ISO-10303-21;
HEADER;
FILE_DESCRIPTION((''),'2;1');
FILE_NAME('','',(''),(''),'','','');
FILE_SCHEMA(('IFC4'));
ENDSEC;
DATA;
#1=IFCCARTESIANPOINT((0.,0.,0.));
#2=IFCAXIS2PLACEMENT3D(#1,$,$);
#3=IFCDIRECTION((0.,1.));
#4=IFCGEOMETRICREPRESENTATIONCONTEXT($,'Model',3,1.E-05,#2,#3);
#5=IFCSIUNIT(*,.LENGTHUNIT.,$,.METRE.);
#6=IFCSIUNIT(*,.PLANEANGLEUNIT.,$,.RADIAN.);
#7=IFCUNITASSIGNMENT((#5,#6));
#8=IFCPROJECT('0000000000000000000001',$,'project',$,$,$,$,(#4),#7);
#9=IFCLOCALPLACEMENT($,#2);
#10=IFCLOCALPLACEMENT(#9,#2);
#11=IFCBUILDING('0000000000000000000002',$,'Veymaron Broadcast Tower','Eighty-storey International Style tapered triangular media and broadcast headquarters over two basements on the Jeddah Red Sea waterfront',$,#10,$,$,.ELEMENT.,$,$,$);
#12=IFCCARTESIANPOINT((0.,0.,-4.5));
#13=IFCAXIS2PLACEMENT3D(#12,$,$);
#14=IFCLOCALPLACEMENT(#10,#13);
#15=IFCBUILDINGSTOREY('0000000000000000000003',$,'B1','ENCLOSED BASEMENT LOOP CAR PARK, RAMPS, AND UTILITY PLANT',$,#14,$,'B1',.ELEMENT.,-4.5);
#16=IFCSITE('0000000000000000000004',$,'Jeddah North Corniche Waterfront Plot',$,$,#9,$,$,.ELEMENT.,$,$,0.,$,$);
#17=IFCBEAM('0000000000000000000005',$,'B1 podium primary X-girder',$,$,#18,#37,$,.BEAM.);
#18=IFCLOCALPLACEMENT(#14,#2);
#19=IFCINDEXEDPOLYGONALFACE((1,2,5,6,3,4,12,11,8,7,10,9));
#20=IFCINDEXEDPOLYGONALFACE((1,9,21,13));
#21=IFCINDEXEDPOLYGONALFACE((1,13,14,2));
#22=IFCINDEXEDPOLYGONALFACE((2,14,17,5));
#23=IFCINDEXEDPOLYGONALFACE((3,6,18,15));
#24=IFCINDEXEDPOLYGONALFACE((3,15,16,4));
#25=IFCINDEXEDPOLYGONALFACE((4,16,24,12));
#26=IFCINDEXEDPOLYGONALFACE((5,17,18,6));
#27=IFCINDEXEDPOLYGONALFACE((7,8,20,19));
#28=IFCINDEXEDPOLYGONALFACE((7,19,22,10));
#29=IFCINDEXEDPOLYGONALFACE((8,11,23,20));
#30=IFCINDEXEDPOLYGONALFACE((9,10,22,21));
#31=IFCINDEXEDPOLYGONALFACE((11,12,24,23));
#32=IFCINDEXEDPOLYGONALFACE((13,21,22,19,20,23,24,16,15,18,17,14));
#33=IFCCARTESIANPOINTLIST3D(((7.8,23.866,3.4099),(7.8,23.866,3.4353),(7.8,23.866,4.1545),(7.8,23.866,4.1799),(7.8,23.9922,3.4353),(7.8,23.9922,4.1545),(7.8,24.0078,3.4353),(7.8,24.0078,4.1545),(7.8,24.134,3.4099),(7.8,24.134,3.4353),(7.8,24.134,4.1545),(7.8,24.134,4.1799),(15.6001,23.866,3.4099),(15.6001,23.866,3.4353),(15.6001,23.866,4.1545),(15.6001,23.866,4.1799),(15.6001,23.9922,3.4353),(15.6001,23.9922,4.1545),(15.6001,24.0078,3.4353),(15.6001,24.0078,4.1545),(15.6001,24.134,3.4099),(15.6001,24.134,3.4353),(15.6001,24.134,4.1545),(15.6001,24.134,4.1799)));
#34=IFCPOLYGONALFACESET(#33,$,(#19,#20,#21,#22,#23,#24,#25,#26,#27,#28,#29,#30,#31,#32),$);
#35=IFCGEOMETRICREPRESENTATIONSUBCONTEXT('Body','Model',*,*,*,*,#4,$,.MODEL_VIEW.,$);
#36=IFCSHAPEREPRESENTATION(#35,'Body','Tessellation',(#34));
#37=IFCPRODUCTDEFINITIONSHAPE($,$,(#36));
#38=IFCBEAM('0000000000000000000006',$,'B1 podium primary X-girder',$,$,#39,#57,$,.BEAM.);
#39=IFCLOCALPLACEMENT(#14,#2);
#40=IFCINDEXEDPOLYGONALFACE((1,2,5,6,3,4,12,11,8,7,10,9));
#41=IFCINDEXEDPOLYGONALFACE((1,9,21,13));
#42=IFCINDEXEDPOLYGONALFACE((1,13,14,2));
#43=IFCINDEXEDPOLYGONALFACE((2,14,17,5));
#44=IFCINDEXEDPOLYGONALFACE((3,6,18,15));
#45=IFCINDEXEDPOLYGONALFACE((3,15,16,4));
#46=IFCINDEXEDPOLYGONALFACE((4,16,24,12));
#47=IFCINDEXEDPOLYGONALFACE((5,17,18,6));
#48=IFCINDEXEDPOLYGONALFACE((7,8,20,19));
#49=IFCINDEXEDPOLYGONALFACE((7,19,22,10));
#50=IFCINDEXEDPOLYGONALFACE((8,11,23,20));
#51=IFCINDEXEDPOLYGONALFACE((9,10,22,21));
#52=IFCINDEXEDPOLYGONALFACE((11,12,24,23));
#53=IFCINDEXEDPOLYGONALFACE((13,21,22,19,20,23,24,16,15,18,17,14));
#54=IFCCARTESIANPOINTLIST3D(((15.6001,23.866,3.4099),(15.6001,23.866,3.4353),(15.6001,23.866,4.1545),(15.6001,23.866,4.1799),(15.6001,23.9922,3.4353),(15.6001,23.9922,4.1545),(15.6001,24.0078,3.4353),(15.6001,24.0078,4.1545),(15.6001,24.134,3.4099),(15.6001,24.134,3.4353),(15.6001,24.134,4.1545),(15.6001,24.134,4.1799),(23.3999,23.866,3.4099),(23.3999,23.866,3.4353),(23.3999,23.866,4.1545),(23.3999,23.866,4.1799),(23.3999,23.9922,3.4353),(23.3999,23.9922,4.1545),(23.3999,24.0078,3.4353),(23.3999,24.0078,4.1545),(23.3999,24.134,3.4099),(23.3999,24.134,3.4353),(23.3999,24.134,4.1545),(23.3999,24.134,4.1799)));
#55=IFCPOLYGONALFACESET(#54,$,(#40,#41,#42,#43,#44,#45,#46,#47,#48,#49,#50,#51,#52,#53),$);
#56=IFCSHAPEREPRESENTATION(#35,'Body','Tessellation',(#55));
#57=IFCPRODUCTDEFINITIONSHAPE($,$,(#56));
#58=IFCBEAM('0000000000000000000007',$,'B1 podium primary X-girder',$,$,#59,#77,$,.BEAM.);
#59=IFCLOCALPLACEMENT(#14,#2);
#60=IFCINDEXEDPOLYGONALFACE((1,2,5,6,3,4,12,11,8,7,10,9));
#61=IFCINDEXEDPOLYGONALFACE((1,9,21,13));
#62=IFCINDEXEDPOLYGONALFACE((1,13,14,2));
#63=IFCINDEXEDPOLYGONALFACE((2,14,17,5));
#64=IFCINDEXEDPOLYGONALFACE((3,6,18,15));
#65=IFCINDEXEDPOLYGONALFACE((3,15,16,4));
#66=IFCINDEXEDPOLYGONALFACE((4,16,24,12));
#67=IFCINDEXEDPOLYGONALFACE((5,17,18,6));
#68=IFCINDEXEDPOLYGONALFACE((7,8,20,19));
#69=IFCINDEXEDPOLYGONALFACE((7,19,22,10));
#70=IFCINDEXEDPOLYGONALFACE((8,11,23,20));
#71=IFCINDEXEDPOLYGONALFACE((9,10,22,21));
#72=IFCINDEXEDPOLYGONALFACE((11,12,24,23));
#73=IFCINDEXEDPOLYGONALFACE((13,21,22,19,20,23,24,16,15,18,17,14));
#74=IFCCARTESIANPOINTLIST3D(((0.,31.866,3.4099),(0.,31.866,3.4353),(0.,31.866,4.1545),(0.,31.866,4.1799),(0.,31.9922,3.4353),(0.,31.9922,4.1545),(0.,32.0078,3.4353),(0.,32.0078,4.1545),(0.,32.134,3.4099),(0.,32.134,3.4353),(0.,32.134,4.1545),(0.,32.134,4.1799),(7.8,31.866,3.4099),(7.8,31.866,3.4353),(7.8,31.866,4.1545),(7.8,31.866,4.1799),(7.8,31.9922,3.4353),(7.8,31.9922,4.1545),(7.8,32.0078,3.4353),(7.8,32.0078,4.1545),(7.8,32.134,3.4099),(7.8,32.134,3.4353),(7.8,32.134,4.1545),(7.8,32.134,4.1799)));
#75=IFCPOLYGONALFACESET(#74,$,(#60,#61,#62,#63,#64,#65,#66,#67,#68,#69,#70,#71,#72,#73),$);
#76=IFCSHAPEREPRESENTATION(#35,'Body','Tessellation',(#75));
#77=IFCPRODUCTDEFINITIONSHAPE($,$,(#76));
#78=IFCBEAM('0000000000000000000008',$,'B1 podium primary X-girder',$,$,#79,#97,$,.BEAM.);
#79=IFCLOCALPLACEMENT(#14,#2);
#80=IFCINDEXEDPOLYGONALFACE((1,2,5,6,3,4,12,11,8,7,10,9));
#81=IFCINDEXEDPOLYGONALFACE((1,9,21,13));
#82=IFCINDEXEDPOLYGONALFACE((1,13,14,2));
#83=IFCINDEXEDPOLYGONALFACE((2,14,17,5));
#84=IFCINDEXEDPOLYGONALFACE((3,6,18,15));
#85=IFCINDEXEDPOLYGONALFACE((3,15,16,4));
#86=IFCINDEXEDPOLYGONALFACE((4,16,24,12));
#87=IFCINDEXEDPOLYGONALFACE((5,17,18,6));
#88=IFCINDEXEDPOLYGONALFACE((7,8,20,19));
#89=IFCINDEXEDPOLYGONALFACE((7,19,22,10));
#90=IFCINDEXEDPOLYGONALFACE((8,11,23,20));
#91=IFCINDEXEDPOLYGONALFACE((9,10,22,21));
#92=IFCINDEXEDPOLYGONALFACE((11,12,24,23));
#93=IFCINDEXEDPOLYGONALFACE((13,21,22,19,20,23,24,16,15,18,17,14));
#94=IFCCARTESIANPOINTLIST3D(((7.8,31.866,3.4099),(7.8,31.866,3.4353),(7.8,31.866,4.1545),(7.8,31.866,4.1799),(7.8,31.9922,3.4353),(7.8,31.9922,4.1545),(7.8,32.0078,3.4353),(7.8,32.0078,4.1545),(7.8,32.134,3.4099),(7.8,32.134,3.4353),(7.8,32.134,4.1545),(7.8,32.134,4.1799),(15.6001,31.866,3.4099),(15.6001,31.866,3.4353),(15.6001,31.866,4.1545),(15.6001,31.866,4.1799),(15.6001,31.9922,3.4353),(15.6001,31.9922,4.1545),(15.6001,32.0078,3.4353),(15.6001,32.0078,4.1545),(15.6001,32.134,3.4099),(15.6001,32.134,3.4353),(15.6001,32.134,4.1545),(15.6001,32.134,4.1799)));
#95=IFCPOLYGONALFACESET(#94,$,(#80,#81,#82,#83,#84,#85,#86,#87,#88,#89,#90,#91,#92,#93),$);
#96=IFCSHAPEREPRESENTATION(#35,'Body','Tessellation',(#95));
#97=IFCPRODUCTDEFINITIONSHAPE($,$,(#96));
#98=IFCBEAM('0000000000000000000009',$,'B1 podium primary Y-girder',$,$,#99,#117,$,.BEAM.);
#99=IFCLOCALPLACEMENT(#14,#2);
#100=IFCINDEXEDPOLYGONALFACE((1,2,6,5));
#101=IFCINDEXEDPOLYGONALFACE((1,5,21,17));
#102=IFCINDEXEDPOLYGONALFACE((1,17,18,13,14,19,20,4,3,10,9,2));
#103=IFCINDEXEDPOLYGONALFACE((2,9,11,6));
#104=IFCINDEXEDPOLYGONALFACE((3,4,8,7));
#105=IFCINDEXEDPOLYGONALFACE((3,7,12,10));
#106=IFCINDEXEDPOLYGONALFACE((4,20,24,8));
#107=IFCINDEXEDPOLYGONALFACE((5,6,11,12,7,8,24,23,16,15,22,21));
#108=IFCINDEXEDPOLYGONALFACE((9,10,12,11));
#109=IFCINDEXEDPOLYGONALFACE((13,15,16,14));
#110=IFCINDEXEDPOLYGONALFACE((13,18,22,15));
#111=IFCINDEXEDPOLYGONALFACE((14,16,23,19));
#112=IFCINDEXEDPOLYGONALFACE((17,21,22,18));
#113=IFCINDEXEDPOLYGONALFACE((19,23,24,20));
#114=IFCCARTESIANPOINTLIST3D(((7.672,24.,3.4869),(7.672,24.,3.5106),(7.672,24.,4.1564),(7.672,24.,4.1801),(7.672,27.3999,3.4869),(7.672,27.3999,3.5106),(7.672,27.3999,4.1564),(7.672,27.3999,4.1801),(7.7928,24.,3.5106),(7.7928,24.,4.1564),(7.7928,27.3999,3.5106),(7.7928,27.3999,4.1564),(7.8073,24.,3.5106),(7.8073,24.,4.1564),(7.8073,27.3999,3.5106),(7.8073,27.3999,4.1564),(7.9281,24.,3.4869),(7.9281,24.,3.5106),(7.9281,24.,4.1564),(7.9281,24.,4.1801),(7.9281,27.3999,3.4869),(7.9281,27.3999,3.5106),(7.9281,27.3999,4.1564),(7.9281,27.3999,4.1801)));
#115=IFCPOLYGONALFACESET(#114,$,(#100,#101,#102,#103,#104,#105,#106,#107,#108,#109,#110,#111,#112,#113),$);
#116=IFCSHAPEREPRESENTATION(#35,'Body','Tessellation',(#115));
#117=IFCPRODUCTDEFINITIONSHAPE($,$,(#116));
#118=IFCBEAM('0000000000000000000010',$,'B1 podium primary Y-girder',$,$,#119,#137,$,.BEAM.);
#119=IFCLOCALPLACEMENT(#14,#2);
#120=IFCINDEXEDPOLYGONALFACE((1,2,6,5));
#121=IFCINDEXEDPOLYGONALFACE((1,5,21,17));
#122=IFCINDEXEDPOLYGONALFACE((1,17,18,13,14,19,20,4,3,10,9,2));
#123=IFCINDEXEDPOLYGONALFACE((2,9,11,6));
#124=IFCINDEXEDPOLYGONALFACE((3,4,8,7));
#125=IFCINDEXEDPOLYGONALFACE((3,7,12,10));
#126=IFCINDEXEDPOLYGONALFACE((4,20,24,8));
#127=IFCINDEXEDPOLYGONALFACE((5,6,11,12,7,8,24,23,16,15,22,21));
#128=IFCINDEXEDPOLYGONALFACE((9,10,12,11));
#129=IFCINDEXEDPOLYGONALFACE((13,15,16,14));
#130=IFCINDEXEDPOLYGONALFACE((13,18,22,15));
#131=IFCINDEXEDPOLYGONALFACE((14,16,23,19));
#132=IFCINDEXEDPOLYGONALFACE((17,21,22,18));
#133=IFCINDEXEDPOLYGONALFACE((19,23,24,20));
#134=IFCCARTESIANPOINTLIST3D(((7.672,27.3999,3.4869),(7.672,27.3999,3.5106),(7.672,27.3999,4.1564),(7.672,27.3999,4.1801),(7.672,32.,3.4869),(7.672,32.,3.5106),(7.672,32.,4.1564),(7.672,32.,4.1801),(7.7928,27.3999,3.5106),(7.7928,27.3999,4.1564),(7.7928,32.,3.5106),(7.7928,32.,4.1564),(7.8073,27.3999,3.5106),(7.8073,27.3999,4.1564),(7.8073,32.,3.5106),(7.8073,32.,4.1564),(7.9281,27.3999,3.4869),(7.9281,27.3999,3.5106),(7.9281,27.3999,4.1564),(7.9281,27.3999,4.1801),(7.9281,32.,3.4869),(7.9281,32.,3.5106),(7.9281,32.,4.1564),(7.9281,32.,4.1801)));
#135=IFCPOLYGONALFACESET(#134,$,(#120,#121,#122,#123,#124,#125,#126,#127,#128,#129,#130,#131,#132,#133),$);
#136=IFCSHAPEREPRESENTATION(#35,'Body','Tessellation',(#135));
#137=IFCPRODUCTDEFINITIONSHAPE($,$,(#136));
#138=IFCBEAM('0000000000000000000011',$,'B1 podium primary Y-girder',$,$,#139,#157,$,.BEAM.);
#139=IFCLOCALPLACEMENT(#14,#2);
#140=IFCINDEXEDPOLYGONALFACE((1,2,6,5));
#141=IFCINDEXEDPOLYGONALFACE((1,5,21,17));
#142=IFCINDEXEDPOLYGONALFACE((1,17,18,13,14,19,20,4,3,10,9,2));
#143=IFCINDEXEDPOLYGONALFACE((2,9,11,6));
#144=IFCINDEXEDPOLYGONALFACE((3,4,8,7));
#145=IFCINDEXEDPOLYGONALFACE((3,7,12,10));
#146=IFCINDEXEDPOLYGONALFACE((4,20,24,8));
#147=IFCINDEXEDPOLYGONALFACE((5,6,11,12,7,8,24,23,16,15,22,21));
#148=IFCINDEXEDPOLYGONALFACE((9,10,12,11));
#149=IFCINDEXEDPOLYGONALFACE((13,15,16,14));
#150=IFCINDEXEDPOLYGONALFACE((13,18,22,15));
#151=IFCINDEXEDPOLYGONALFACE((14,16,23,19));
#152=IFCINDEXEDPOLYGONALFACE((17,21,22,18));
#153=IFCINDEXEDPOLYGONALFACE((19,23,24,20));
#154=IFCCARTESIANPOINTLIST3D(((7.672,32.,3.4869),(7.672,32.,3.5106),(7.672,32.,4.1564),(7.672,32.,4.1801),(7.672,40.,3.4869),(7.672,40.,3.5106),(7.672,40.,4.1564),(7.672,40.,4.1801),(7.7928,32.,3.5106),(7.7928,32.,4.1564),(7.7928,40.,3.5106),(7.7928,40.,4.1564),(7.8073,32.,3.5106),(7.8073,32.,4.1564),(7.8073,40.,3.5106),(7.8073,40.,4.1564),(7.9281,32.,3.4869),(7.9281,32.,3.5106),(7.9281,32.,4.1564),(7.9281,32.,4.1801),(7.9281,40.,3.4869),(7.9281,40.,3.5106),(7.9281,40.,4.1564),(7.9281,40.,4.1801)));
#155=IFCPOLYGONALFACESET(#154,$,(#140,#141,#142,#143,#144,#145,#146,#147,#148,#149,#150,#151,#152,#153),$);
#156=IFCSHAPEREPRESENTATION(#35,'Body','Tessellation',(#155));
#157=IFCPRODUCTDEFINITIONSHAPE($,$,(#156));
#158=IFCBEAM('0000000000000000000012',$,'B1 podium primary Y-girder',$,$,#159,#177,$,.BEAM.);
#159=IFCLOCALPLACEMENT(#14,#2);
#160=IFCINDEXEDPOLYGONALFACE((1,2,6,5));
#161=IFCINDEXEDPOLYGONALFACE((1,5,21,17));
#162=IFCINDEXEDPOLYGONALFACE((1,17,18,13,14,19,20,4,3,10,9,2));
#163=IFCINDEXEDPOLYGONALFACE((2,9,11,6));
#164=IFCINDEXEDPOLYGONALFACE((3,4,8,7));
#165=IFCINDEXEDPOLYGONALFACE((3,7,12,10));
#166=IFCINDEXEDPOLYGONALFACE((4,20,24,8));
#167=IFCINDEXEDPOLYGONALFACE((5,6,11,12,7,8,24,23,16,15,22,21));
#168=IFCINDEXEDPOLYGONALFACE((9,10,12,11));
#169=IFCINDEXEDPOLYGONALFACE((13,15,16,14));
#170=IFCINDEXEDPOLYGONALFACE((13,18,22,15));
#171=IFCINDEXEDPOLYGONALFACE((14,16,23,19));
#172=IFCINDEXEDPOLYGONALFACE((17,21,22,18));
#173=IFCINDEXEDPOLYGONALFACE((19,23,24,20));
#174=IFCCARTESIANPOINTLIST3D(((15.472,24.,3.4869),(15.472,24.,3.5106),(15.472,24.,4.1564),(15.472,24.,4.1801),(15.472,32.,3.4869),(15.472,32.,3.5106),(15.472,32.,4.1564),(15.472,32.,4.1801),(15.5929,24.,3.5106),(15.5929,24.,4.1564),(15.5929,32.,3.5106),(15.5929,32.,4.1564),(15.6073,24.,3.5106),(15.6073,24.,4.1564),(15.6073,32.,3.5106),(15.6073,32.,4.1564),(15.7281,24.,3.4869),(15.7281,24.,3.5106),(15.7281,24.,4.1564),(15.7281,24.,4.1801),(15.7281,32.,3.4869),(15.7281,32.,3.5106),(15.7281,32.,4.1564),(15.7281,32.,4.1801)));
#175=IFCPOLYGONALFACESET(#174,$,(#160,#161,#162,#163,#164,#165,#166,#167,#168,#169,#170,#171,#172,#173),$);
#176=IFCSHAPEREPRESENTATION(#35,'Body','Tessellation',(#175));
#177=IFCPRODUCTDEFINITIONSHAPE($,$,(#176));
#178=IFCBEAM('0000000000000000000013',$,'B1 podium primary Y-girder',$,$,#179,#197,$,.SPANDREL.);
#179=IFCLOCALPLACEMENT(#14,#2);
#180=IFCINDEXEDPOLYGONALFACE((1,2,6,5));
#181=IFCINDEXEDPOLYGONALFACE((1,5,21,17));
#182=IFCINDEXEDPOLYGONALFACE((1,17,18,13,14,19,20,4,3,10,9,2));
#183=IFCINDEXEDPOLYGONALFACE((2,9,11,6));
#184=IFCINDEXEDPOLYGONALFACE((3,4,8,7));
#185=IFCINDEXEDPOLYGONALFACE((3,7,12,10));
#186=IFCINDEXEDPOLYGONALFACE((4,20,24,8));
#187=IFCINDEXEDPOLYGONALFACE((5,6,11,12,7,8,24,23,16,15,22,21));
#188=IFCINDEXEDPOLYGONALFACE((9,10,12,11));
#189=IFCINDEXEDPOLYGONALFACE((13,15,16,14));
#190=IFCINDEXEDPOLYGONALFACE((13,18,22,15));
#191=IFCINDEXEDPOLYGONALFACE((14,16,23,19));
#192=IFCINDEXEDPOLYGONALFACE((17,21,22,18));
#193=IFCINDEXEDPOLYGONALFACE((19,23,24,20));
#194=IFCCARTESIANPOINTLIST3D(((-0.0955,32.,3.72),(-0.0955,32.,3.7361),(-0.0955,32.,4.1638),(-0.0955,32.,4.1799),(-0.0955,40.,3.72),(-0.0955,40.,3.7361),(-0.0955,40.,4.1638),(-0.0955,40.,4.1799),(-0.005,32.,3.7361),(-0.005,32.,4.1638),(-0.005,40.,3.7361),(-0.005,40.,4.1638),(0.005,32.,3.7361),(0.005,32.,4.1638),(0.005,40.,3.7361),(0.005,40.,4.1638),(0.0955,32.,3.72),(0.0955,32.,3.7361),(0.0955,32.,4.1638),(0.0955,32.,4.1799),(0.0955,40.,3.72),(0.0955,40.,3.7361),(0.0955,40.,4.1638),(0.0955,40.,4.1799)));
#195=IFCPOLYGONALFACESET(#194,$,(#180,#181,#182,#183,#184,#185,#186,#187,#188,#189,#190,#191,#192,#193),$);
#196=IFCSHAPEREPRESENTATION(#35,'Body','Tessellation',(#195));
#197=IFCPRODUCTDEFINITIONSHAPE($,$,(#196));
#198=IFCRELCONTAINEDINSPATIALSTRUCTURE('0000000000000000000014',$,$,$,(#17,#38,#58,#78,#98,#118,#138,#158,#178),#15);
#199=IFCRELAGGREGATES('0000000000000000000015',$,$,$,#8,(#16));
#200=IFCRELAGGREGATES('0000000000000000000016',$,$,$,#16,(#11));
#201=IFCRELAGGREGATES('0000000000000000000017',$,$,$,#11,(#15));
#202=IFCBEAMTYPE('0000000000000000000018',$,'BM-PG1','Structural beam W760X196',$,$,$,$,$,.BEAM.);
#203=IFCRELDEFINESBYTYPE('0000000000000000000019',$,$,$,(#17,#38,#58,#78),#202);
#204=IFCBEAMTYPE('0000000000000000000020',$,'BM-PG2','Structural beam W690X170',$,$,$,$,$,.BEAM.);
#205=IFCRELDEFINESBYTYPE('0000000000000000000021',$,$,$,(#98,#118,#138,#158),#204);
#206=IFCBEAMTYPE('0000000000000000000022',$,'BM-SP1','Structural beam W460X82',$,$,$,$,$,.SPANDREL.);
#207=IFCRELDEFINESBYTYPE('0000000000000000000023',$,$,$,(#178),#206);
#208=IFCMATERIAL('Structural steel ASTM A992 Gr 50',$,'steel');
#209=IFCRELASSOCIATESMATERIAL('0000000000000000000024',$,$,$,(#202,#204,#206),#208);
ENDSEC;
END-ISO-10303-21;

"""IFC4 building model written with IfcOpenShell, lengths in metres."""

from ifc_helpers import new_model, si_unit, direction, frame, origin, origin_2d, place, context, subcontext, project, spatial, i_section, extrude, material, material_profile, profile_set, type_object, element, save


model = new_model("IFC4")

# Units and contexts
model_context = context("Model", 3, precision=1e-05, world=origin(), true_north=direction((0.0, 1.0)))
body_context = subcontext(model_context, "Body", "Model", "MODEL_VIEW")
ifc_project = project(units=[si_unit("LENGTHUNIT", "METRE"), si_unit("PLANEANGLEUNIT", "RADIAN")], contexts=[model_context])

# Site, building, storey
site_placement = place(None, origin())
site = spatial("IfcSite", under=ifc_project, at=site_placement, Name="Jeddah North Corniche Waterfront Plot", CompositionType="ELEMENT", RefElevation=0.0)
building_placement = place(site_placement, origin())
building = spatial("IfcBuilding", under=site, at=building_placement, Name="Veymaron Broadcast Tower", Description="Eighty-storey International Style tapered triangular media and broadcast headquarters over two basements on the Jeddah Red Sea waterfront", CompositionType="ELEMENT")
storey_placement = place(building_placement, frame((0.0, 0.0, -4.5)))
storey = spatial("IfcBuildingStorey", under=building, at=storey_placement, Name="B1", Description="ENCLOSED BASEMENT LOOP CAR PARK, RAMPS, AND UTILITY PLANT", LongName="B1", CompositionType="ELEMENT", Elevation=-4.5)

# Beams
ifc_material_1 = material(Name="Structural steel ASTM A992 Gr 50", Category="steel")
ifc_material_profile_1 = material_profile(ifc_material_1, i_section(OverallWidth=0.2681, OverallDepth=0.77, WebThickness=0.0156, FlangeThickness=0.0254, at=origin_2d()), Name="W760X196")
ifc_profile_set_1 = profile_set([ifc_material_profile_1], Name="Structural steel ASTM A992 Gr 50")
beam_type_1 = type_object("IfcBeamType", Name="BM-PG1", Description="Structural beam W760X196", PredefinedType="BEAM", material=ifc_profile_set_1)
beam_1_placement = place(storey_placement, frame((7.8, 24.0, 3.7949), z_axis=(1.0, 0.0, 0.0), x_axis=(0.0, 1.0, 0.0)))
element("IfcBeam", 1, at=beam_1_placement, inside=storey, type_object=beam_type_1, Name="B1 podium primary X-girder", PredefinedType="BEAM", context=body_context, shape_type="SweptSolid", body=[
    extrude(i_section(OverallWidth=0.2681, OverallDepth=0.77, WebThickness=0.0156, FlangeThickness=0.0254, at=origin_2d()), origin(), (0.0, 0.0, 1.0), 7.8),
])
beam_2_placement = place(storey_placement, frame((15.6001, 24.0, 3.7949), z_axis=(1.0, 0.0, 0.0), x_axis=(0.0, 1.0, 0.0)))
element("IfcBeam", 2, at=beam_2_placement, inside=storey, type_object=beam_type_1, Name="B1 podium primary X-girder", PredefinedType="BEAM", context=body_context, shape_type="SweptSolid", body=[
    extrude(i_section(OverallWidth=0.2681, OverallDepth=0.77, WebThickness=0.0156, FlangeThickness=0.0254, at=origin_2d()), origin(), (0.0, 0.0, 1.0), 7.7998),
])
for number, where, z_axis, x_axis, name in (
    (3, (0.0, 32.0, 3.7949), (1.0, 0.0, 0.0), (0.0, 1.0, 0.0), "B1 podium primary X-girder"),
    (4, (7.8, 32.0, 3.7949), (1.0, 0.0, 0.0), (0.0, 1.0, 0.0), "B1 podium primary X-girder"),
):
    element("IfcBeam", number, at=place(storey_placement, frame(where, z_axis=z_axis, x_axis=x_axis)), inside=storey, type_object=beam_type_1, Name=name, PredefinedType="BEAM", context=body_context, shape_type="SweptSolid", body=[
        extrude(i_section(OverallWidth=0.2681, OverallDepth=0.77, WebThickness=0.0156, FlangeThickness=0.0254, at=origin_2d()), origin(), (0.0, 0.0, 1.0), 7.8),
    ])
ifc_material_profile_2 = material_profile(ifc_material_1, i_section(OverallWidth=0.2561, OverallDepth=0.6931, WebThickness=0.0144, FlangeThickness=0.0237, at=origin_2d()), Name="W690X170")
ifc_profile_set_2 = profile_set([ifc_material_profile_2], Name="Structural steel ASTM A992 Gr 50")
beam_type_2 = type_object("IfcBeamType", Name="BM-PG2", Description="Structural beam W690X170", PredefinedType="BEAM", material=ifc_profile_set_2)
beam_3_placement = place(storey_placement, frame((7.8, 24.0, 3.8335), z_axis=(0.0, 1.0, 0.0), x_axis=(-1.0, 0.0, 0.0)))
element("IfcBeam", 5, at=beam_3_placement, inside=storey, type_object=beam_type_2, Name="B1 podium primary Y-girder", PredefinedType="BEAM", context=body_context, shape_type="SweptSolid", body=[
    extrude(i_section(OverallWidth=0.2561, OverallDepth=0.6931, WebThickness=0.0144, FlangeThickness=0.0237, at=origin_2d()), origin(), (0.0, 0.0, 1.0), 3.3999),
])
beam_4_placement = place(storey_placement, frame((7.8, 27.3999, 3.8335), z_axis=(0.0, 1.0, 0.0), x_axis=(-1.0, 0.0, 0.0)))
element("IfcBeam", 6, at=beam_4_placement, inside=storey, type_object=beam_type_2, Name="B1 podium primary Y-girder", PredefinedType="BEAM", context=body_context, shape_type="SweptSolid", body=[
    extrude(i_section(OverallWidth=0.2561, OverallDepth=0.6931, WebThickness=0.0144, FlangeThickness=0.0237, at=origin_2d()), origin(), (0.0, 0.0, 1.0), 4.6001),
])
for number, where, z_axis, x_axis, name in (
    (7, (7.8, 32.0, 3.8335), (0.0, 1.0, 0.0), (-1.0, 0.0, 0.0), "B1 podium primary Y-girder"),
    (8, (15.6001, 24.0, 3.8335), (0.0, 1.0, 0.0), (-1.0, 0.0, 0.0), "B1 podium primary Y-girder"),
):
    element("IfcBeam", number, at=place(storey_placement, frame(where, z_axis=z_axis, x_axis=x_axis)), inside=storey, type_object=beam_type_2, Name=name, PredefinedType="BEAM", context=body_context, shape_type="SweptSolid", body=[
        extrude(i_section(OverallWidth=0.2561, OverallDepth=0.6931, WebThickness=0.0144, FlangeThickness=0.0237, at=origin_2d()), origin(), (0.0, 0.0, 1.0), 8.0),
    ])
ifc_material_profile_3 = material_profile(ifc_material_1, i_section(OverallWidth=0.1909, OverallDepth=0.46, WebThickness=0.01, FlangeThickness=0.0161, at=origin_2d()), Name="W460X82")
ifc_profile_set_3 = profile_set([ifc_material_profile_3], Name="Structural steel ASTM A992 Gr 50")
beam_type_3 = type_object("IfcBeamType", Name="BM-SP1", Description="Structural beam W460X82", PredefinedType="SPANDREL", material=ifc_profile_set_3)
beam_5_placement = place(storey_placement, frame((0.0, 32.0, 3.95), z_axis=(0.0, 1.0, 0.0), x_axis=(-1.0, 0.0, 0.0)))
element("IfcBeam", 9, at=beam_5_placement, inside=storey, type_object=beam_type_3, Name="B1 podium primary Y-girder", PredefinedType="SPANDREL", context=body_context, shape_type="SweptSolid", body=[
    extrude(i_section(OverallWidth=0.1909, OverallDepth=0.46, WebThickness=0.01, FlangeThickness=0.0161, at=origin_2d()), origin(), (0.0, 0.0, 1.0), 8.0),
])

save(model, "model.ifc")
